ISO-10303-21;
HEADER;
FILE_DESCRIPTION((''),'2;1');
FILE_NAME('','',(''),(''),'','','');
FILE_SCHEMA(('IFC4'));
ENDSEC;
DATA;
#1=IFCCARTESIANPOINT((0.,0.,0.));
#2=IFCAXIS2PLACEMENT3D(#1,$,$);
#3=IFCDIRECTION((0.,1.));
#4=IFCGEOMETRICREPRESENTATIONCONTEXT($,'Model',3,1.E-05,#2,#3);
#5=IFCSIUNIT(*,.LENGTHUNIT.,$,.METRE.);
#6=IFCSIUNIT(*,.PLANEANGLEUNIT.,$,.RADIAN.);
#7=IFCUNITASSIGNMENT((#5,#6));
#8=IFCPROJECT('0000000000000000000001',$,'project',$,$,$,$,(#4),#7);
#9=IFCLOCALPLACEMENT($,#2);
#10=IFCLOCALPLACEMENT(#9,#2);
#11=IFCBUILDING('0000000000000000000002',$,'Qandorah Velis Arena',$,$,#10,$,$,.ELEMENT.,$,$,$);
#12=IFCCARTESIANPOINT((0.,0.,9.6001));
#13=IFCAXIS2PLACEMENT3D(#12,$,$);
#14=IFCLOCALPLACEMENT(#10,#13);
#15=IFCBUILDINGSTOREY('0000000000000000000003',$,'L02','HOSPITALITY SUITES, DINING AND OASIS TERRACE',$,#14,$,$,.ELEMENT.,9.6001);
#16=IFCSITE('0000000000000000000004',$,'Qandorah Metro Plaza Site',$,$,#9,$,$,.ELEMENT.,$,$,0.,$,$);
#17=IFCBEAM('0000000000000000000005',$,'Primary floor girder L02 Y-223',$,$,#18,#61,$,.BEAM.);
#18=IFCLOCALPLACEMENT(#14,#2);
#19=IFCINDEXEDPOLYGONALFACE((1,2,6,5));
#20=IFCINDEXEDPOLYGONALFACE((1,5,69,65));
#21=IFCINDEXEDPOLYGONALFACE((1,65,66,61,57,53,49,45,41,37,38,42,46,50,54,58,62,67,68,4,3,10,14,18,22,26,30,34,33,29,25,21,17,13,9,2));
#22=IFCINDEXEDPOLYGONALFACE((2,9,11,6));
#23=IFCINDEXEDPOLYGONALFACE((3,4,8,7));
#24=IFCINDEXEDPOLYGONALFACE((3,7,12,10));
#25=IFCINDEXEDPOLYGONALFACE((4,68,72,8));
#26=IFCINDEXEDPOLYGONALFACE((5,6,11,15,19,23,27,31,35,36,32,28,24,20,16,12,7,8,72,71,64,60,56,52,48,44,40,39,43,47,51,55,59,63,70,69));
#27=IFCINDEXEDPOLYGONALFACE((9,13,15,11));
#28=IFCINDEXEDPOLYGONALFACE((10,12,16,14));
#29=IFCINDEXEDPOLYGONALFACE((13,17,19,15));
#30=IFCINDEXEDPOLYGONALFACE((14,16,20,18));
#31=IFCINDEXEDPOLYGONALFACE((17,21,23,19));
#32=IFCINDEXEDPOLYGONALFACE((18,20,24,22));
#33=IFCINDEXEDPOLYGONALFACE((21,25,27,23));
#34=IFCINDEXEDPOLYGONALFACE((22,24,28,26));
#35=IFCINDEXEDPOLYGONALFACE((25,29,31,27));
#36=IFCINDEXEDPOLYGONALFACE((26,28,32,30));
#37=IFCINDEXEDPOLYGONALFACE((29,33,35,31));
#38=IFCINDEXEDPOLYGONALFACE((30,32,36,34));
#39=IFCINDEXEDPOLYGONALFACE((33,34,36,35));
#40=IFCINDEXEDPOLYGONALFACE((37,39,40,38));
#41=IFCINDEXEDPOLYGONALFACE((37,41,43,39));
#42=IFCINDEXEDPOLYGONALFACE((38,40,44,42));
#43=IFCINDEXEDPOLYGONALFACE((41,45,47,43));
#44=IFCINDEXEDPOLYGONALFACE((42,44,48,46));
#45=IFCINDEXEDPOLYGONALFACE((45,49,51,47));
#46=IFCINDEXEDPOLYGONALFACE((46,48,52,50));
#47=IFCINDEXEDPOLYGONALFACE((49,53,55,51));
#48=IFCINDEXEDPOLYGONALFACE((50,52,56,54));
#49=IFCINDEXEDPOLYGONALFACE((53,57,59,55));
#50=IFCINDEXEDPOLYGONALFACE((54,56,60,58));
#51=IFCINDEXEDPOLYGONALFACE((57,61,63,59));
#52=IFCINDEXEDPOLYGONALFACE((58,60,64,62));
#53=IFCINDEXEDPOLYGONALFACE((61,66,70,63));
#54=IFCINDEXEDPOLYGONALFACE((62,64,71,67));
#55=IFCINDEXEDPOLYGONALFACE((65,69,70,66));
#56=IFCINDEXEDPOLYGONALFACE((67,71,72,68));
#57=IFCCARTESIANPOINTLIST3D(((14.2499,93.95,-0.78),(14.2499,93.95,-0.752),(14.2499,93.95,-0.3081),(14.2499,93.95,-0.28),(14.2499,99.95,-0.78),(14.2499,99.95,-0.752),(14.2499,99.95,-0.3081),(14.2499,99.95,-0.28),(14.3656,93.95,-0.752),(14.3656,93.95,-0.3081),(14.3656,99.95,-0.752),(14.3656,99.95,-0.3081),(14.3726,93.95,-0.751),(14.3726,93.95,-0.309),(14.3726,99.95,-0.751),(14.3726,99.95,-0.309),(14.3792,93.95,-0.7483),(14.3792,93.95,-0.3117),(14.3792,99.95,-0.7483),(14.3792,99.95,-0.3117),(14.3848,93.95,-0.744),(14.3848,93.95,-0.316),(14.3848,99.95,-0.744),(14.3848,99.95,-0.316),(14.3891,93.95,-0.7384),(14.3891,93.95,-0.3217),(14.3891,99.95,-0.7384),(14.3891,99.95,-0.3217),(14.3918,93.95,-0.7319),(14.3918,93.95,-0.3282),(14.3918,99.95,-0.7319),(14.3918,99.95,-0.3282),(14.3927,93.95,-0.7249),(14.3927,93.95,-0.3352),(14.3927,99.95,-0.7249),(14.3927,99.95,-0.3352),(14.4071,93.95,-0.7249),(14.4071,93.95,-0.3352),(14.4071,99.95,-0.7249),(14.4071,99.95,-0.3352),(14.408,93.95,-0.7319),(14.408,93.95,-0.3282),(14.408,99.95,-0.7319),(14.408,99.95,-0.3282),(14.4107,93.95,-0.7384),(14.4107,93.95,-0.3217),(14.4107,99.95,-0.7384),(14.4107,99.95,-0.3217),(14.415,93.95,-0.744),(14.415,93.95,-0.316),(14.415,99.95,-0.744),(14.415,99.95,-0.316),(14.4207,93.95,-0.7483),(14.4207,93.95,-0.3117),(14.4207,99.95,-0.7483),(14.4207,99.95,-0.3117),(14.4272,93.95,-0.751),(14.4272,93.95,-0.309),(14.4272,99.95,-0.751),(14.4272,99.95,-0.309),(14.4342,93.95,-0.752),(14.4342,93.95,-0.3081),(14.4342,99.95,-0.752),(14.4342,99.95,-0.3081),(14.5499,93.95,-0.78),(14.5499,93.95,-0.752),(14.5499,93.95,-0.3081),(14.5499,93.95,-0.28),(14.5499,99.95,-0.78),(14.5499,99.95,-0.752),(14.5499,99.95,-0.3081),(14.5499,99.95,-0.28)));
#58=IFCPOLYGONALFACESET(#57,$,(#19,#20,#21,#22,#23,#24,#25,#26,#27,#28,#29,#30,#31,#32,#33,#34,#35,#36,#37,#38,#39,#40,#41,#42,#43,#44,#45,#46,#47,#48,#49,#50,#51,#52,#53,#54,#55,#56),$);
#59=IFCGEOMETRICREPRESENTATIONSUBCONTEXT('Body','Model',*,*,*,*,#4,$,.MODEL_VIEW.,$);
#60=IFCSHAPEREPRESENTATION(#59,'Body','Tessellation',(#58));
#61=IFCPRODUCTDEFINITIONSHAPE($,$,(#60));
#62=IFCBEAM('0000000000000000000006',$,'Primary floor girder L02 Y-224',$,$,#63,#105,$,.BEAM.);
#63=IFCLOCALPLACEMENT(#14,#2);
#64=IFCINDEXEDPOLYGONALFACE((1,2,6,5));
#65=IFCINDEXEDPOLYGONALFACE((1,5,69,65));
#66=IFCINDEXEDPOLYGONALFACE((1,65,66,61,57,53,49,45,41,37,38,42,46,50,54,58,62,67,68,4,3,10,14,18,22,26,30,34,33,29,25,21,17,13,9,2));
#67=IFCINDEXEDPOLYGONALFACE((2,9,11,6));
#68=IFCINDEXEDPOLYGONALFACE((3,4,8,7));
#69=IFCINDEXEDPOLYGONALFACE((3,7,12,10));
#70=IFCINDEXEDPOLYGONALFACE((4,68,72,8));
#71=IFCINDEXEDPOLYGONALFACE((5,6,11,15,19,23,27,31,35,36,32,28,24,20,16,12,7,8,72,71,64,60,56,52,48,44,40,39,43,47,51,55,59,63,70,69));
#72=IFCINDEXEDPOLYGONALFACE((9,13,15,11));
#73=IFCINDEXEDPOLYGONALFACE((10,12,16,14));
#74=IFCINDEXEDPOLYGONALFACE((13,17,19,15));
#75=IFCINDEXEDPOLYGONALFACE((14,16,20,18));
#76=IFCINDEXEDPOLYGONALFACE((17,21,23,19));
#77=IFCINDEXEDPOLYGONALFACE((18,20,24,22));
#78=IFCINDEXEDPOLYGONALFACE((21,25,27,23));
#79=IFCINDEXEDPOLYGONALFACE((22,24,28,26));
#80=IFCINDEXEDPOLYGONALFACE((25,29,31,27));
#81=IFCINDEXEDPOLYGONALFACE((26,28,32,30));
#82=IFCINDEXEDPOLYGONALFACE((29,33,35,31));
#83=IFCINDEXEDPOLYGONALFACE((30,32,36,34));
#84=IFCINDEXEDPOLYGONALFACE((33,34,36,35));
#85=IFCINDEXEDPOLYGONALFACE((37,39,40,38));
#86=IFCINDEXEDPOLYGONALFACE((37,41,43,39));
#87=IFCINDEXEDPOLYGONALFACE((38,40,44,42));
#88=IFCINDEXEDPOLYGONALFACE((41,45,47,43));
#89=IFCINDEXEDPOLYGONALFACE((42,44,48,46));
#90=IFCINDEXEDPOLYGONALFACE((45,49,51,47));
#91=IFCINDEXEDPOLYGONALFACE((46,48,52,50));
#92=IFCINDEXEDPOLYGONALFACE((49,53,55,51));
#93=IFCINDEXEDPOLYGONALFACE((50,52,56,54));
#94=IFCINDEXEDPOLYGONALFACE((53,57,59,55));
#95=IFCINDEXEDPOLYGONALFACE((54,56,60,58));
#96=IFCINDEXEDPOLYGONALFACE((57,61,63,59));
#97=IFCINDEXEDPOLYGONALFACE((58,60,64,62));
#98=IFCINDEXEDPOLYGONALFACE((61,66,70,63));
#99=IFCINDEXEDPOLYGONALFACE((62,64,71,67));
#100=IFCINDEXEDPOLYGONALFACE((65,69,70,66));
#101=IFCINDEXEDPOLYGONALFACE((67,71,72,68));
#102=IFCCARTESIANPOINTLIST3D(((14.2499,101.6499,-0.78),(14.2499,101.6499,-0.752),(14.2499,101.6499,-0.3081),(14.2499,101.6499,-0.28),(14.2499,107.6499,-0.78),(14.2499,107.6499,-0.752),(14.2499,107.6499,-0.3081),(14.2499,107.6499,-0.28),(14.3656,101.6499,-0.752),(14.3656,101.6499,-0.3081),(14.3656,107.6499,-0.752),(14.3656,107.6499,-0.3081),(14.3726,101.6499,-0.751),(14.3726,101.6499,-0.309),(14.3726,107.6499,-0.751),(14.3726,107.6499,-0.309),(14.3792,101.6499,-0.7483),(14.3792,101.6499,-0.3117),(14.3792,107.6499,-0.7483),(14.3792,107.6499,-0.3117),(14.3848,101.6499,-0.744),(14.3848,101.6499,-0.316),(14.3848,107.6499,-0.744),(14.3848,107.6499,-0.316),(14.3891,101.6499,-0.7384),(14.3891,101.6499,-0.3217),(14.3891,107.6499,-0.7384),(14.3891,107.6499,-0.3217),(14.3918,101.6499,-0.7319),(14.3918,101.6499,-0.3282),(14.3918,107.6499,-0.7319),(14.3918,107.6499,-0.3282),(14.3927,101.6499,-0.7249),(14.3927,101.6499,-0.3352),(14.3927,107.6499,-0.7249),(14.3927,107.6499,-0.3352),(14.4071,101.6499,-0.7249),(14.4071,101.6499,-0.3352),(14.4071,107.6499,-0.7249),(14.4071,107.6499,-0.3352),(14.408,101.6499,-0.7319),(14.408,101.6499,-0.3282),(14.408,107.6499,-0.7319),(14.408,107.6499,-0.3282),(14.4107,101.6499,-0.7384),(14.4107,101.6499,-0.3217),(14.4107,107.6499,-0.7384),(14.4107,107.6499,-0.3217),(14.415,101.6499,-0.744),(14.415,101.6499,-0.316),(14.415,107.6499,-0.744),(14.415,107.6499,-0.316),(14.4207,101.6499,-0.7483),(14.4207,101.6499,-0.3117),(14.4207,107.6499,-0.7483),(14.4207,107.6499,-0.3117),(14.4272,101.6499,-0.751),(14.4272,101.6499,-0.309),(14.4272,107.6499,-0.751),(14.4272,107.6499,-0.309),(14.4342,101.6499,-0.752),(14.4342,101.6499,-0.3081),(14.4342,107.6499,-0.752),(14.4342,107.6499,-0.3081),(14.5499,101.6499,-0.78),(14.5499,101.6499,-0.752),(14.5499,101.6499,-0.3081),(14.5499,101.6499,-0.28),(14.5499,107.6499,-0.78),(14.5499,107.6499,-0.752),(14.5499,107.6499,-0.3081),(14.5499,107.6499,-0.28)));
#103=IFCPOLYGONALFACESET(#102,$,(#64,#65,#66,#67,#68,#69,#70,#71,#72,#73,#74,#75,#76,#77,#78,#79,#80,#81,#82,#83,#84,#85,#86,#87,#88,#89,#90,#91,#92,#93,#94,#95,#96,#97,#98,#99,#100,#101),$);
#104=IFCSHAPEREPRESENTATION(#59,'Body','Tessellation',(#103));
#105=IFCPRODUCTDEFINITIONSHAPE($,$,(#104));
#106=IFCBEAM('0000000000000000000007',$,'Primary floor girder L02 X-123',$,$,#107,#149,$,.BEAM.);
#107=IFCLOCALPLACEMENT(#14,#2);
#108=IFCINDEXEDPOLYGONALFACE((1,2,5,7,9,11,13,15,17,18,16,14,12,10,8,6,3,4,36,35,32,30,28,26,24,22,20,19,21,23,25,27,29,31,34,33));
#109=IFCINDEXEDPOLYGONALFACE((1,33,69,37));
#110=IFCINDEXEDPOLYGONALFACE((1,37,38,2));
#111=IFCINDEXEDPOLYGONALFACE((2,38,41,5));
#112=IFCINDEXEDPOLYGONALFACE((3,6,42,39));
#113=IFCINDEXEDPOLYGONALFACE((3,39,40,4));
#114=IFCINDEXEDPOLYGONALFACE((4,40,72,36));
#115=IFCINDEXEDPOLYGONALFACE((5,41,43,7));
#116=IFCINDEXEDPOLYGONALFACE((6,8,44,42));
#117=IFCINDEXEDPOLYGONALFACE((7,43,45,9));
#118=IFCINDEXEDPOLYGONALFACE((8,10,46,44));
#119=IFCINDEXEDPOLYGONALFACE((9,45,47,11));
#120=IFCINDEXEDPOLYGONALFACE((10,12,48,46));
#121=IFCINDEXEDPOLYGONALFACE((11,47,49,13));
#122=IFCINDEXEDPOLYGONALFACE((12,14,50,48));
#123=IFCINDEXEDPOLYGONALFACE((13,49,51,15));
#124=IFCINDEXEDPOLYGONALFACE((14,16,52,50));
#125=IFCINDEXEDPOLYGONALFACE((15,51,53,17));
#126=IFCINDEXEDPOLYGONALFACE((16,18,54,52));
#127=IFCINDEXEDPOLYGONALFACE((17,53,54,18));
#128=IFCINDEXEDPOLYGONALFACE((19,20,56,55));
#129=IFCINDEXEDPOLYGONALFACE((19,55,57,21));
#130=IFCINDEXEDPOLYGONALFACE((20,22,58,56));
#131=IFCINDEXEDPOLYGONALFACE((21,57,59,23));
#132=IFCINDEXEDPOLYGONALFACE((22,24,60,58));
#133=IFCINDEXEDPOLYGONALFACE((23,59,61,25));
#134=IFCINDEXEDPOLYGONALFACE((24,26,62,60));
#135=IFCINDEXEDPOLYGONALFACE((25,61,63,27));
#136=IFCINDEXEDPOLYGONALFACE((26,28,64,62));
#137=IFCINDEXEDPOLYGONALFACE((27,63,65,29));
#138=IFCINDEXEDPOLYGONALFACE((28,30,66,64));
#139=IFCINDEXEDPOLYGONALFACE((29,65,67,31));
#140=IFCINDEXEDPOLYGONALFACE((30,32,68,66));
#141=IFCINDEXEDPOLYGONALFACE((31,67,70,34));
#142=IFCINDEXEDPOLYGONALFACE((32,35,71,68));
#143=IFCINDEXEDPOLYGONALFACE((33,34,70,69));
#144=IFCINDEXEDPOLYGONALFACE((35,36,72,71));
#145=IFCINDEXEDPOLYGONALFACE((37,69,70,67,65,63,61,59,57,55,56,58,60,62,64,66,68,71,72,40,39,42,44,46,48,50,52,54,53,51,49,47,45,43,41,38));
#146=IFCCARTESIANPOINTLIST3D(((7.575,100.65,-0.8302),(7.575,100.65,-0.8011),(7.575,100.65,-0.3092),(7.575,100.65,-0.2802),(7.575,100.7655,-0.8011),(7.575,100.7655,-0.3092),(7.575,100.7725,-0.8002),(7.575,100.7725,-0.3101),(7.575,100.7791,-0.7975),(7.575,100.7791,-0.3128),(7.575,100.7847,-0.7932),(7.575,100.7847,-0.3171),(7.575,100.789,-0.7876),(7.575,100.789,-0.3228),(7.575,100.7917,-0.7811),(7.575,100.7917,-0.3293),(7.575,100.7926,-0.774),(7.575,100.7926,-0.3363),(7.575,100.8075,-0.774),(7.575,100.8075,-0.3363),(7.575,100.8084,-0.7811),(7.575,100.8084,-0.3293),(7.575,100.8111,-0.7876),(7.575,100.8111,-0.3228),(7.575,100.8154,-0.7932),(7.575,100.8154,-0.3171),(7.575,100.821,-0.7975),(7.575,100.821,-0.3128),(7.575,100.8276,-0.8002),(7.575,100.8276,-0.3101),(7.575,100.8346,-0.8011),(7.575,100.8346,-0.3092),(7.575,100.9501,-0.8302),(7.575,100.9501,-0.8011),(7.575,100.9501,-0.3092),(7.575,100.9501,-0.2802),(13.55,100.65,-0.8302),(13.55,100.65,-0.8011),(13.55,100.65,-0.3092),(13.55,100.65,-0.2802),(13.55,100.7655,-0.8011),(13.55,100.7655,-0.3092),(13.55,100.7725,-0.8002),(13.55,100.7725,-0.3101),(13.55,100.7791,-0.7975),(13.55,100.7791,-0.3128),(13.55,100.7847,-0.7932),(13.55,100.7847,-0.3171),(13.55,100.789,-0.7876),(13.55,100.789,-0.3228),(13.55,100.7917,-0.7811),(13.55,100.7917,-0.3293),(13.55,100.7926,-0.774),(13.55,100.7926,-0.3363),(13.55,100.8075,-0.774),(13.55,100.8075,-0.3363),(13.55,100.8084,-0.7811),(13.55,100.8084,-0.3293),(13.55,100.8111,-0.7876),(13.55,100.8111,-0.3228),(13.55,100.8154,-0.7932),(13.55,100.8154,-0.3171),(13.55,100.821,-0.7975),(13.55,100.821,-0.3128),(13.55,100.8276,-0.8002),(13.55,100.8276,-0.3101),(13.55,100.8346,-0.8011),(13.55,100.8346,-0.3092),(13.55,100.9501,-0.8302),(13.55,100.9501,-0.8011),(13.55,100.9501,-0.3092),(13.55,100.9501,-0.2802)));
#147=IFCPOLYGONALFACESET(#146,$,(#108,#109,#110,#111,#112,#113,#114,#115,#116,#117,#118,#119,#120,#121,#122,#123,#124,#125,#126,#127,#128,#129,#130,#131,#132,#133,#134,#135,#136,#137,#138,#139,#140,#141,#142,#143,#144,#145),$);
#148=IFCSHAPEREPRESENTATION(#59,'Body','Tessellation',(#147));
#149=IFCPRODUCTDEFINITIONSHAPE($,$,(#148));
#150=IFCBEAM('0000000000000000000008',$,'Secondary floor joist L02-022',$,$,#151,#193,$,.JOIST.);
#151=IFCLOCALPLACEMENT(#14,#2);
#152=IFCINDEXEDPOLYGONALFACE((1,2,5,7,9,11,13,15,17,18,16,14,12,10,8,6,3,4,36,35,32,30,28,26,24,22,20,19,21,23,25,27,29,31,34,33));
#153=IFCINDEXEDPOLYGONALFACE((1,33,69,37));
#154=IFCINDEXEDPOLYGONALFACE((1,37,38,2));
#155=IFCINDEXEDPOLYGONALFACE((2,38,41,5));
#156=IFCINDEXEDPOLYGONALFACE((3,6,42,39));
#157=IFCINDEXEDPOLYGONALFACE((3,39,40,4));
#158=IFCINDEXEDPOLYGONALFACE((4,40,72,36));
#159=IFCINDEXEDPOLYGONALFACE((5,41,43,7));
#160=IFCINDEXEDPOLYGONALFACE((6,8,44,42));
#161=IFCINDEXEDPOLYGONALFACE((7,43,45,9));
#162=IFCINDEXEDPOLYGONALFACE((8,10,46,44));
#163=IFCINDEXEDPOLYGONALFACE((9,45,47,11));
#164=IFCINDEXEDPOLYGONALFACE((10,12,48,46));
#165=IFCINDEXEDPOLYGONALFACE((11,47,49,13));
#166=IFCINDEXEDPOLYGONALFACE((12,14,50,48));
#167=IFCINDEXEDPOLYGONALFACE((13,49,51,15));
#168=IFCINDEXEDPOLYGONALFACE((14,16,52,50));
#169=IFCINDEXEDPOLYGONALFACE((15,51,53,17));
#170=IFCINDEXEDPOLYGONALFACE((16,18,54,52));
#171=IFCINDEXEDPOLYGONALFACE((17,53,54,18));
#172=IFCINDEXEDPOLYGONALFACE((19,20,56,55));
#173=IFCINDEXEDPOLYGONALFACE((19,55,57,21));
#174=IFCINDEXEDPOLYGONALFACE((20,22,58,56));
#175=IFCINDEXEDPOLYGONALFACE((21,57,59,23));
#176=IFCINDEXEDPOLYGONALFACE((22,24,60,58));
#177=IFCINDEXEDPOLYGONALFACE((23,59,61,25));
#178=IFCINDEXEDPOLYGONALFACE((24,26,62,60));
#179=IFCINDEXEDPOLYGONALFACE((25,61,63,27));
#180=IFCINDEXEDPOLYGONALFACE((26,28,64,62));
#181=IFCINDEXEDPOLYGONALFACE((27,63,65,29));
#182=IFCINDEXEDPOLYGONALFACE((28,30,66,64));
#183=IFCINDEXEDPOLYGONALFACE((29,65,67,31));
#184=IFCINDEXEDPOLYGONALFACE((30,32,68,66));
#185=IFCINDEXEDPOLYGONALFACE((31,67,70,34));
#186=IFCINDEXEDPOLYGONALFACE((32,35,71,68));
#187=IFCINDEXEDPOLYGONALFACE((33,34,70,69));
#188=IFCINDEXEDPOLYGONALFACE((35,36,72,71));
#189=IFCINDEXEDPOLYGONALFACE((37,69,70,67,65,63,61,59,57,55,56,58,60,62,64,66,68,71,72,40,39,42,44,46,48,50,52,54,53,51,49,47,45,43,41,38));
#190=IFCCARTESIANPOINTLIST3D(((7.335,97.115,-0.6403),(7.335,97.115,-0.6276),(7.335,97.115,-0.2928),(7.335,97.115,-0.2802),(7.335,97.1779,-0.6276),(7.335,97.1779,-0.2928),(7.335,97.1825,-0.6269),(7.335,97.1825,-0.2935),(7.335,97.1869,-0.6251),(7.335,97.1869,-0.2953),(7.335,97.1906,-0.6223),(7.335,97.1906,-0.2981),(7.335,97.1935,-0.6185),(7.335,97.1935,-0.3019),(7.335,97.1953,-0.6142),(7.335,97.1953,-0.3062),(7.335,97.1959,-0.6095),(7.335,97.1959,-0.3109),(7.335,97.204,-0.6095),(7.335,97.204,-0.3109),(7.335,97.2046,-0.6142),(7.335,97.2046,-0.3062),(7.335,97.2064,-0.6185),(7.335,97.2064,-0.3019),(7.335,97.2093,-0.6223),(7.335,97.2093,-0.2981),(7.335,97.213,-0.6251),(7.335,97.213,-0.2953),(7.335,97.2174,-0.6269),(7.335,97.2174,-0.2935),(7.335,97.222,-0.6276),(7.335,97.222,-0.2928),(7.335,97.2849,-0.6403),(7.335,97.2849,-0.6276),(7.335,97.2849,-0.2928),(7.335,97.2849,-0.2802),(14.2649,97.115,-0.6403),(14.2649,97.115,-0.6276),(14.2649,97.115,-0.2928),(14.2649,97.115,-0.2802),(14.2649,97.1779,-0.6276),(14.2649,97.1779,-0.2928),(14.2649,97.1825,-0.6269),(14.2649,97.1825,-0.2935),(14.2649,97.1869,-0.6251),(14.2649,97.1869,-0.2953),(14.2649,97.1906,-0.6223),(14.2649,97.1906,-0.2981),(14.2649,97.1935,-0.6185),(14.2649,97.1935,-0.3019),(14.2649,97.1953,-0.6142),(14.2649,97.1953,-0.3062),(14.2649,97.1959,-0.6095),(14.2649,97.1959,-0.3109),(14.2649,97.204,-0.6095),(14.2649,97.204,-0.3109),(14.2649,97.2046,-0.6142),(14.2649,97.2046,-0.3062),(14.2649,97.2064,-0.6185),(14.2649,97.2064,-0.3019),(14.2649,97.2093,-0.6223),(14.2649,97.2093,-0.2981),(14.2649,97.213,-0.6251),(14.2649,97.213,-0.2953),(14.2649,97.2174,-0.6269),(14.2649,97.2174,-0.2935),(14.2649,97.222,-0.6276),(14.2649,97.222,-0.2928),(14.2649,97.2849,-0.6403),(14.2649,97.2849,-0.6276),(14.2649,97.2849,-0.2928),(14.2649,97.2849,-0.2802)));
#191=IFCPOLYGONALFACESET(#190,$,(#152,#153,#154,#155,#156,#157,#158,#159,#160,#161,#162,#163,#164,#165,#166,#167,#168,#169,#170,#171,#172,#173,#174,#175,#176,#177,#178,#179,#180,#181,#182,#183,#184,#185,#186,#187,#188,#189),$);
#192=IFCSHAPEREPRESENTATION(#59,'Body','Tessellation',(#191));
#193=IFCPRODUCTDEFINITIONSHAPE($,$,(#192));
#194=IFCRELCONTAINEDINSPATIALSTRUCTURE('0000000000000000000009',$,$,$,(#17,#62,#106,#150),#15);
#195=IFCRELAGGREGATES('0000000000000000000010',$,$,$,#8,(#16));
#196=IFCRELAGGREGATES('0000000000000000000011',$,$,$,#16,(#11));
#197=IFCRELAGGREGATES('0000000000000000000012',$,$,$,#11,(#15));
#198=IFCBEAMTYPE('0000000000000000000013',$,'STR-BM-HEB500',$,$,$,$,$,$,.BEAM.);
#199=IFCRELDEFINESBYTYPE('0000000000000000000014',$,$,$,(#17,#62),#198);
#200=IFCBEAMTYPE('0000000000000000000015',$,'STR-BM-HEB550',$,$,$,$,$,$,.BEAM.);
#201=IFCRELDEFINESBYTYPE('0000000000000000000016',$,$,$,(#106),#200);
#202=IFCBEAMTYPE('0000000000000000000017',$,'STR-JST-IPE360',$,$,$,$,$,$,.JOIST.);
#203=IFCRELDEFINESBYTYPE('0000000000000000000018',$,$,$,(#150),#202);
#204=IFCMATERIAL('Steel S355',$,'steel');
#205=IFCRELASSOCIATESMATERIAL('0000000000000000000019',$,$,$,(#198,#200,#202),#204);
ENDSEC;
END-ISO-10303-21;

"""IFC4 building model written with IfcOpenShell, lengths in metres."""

from ifc_helpers import new_model, si_unit, direction, frame, origin, origin_2d, place, context, subcontext, project, spatial, i_section, extrude, material, material_profile, profile_set, type_object, element, save


model = new_model("IFC4")

# Units and contexts
model_context = context("Model", 3, precision=1e-05, world=origin(), true_north=direction((0.0, 1.0)))
body_context = subcontext(model_context, "Body", "Model", "MODEL_VIEW")
ifc_project = project(units=[si_unit("LENGTHUNIT", "METRE"), si_unit("PLANEANGLEUNIT", "RADIAN")], contexts=[model_context])

# Site, building, storey
site_placement = place(None, origin())
site = spatial("IfcSite", under=ifc_project, at=site_placement, Name="Qandorah Metro Plaza Site", CompositionType="ELEMENT", RefElevation=0.0)
building_placement = place(site_placement, origin())
building = spatial("IfcBuilding", under=site, at=building_placement, Name="Qandorah Velis Arena", CompositionType="ELEMENT")
storey_placement = place(building_placement, frame((0.0, 0.0, 9.6001)))
storey = spatial("IfcBuildingStorey", under=building, at=storey_placement, Name="L02", Description="HOSPITALITY SUITES, DINING AND OASIS TERRACE", CompositionType="ELEMENT", Elevation=9.6001)

# Shared definitions
ifc_material_1 = material(Name="Steel S355", Category="steel")

# Beams
ifc_material_profile_1 = material_profile(ifc_material_1, i_section(OverallWidth=0.3, OverallDepth=0.5, WebThickness=0.0144, FlangeThickness=0.0281, FilletRadius=0.0271, at=origin_2d()), Name="HEB 500")
ifc_profile_set_1 = profile_set([ifc_material_profile_1], Name="Steel S355")
beam_type_1 = type_object("IfcBeamType", Name="STR-BM-HEB500", PredefinedType="BEAM", material=ifc_profile_set_1)
for number, where, z_axis, x_axis, name in (
    (1, (14.3999, 93.95, -0.53), (0.0, 1.0, 0.0), (-1.0, 0.0, 0.0), "Primary floor girder L02 Y-223"),
    (2, (14.3999, 101.6499, -0.53), (0.0, 1.0, 0.0), (-1.0, 0.0, 0.0), "Primary floor girder L02 Y-224"),
):
    element("IfcBeam", number, at=place(storey_placement, frame(where, z_axis=z_axis, x_axis=x_axis)), inside=storey, type_object=beam_type_1, Name=name, PredefinedType="BEAM", context=body_context, shape_type="SweptSolid", body=[
        extrude(i_section(OverallWidth=0.3, OverallDepth=0.5, WebThickness=0.0144, FlangeThickness=0.0281, FilletRadius=0.0271, at=origin_2d()), origin(), (0.0, 0.0, 1.0), 6.0),
    ])
ifc_material_profile_2 = material_profile(ifc_material_1, i_section(OverallWidth=0.3, OverallDepth=0.55, WebThickness=0.0149, FlangeThickness=0.0291, FilletRadius=0.0271, at=origin_2d()), Name="HEB 550")
ifc_profile_set_2 = profile_set([ifc_material_profile_2], Name="Steel S355")
beam_type_2 = type_object("IfcBeamType", Name="STR-BM-HEB550", PredefinedType="BEAM", material=ifc_profile_set_2)
beam_1_placement = place(storey_placement, frame((7.575, 100.8, -0.5552), z_axis=(1.0, 0.0, 0.0), x_axis=(0.0, 1.0, 0.0)))
element("IfcBeam", 3, at=beam_1_placement, inside=storey, type_object=beam_type_2, Name="Primary floor girder L02 X-123", PredefinedType="BEAM", context=body_context, shape_type="SweptSolid", body=[
    extrude(i_section(OverallWidth=0.3, OverallDepth=0.55, WebThickness=0.0149, FlangeThickness=0.0291, FilletRadius=0.0271, at=origin_2d()), origin(), (0.0, 0.0, 1.0), 5.9751),
])
ifc_material_profile_3 = material_profile(ifc_material_1, i_section(OverallWidth=0.1699, OverallDepth=0.3601, WebThickness=0.0081, FlangeThickness=0.0127, FilletRadius=0.0181, at=origin_2d()), Name="IPE 360")
ifc_profile_set_3 = profile_set([ifc_material_profile_3], Name="Steel S355")
beam_type_3 = type_object("IfcBeamType", Name="STR-JST-IPE360", PredefinedType="JOIST", material=ifc_profile_set_3)
for number, where, z_axis, x_axis, name in (
    (4, (7.335, 97.2, -0.4602), (1.0, 0.0, 0.0), (0.0, 1.0, 0.0), "Secondary floor joist L02-022"),
):
    element("IfcBeam", number, at=place(storey_placement, frame(where, z_axis=z_axis, x_axis=x_axis)), inside=storey, type_object=beam_type_3, Name=name, PredefinedType="JOIST", context=body_context, shape_type="SweptSolid", body=[
        extrude(i_section(OverallWidth=0.1699, OverallDepth=0.3601, WebThickness=0.0081, FlangeThickness=0.0127, FilletRadius=0.0181, at=origin_2d()), origin(), (0.0, 0.0, 1.0), 6.9299),
    ])

save(model, "model.ifc")
